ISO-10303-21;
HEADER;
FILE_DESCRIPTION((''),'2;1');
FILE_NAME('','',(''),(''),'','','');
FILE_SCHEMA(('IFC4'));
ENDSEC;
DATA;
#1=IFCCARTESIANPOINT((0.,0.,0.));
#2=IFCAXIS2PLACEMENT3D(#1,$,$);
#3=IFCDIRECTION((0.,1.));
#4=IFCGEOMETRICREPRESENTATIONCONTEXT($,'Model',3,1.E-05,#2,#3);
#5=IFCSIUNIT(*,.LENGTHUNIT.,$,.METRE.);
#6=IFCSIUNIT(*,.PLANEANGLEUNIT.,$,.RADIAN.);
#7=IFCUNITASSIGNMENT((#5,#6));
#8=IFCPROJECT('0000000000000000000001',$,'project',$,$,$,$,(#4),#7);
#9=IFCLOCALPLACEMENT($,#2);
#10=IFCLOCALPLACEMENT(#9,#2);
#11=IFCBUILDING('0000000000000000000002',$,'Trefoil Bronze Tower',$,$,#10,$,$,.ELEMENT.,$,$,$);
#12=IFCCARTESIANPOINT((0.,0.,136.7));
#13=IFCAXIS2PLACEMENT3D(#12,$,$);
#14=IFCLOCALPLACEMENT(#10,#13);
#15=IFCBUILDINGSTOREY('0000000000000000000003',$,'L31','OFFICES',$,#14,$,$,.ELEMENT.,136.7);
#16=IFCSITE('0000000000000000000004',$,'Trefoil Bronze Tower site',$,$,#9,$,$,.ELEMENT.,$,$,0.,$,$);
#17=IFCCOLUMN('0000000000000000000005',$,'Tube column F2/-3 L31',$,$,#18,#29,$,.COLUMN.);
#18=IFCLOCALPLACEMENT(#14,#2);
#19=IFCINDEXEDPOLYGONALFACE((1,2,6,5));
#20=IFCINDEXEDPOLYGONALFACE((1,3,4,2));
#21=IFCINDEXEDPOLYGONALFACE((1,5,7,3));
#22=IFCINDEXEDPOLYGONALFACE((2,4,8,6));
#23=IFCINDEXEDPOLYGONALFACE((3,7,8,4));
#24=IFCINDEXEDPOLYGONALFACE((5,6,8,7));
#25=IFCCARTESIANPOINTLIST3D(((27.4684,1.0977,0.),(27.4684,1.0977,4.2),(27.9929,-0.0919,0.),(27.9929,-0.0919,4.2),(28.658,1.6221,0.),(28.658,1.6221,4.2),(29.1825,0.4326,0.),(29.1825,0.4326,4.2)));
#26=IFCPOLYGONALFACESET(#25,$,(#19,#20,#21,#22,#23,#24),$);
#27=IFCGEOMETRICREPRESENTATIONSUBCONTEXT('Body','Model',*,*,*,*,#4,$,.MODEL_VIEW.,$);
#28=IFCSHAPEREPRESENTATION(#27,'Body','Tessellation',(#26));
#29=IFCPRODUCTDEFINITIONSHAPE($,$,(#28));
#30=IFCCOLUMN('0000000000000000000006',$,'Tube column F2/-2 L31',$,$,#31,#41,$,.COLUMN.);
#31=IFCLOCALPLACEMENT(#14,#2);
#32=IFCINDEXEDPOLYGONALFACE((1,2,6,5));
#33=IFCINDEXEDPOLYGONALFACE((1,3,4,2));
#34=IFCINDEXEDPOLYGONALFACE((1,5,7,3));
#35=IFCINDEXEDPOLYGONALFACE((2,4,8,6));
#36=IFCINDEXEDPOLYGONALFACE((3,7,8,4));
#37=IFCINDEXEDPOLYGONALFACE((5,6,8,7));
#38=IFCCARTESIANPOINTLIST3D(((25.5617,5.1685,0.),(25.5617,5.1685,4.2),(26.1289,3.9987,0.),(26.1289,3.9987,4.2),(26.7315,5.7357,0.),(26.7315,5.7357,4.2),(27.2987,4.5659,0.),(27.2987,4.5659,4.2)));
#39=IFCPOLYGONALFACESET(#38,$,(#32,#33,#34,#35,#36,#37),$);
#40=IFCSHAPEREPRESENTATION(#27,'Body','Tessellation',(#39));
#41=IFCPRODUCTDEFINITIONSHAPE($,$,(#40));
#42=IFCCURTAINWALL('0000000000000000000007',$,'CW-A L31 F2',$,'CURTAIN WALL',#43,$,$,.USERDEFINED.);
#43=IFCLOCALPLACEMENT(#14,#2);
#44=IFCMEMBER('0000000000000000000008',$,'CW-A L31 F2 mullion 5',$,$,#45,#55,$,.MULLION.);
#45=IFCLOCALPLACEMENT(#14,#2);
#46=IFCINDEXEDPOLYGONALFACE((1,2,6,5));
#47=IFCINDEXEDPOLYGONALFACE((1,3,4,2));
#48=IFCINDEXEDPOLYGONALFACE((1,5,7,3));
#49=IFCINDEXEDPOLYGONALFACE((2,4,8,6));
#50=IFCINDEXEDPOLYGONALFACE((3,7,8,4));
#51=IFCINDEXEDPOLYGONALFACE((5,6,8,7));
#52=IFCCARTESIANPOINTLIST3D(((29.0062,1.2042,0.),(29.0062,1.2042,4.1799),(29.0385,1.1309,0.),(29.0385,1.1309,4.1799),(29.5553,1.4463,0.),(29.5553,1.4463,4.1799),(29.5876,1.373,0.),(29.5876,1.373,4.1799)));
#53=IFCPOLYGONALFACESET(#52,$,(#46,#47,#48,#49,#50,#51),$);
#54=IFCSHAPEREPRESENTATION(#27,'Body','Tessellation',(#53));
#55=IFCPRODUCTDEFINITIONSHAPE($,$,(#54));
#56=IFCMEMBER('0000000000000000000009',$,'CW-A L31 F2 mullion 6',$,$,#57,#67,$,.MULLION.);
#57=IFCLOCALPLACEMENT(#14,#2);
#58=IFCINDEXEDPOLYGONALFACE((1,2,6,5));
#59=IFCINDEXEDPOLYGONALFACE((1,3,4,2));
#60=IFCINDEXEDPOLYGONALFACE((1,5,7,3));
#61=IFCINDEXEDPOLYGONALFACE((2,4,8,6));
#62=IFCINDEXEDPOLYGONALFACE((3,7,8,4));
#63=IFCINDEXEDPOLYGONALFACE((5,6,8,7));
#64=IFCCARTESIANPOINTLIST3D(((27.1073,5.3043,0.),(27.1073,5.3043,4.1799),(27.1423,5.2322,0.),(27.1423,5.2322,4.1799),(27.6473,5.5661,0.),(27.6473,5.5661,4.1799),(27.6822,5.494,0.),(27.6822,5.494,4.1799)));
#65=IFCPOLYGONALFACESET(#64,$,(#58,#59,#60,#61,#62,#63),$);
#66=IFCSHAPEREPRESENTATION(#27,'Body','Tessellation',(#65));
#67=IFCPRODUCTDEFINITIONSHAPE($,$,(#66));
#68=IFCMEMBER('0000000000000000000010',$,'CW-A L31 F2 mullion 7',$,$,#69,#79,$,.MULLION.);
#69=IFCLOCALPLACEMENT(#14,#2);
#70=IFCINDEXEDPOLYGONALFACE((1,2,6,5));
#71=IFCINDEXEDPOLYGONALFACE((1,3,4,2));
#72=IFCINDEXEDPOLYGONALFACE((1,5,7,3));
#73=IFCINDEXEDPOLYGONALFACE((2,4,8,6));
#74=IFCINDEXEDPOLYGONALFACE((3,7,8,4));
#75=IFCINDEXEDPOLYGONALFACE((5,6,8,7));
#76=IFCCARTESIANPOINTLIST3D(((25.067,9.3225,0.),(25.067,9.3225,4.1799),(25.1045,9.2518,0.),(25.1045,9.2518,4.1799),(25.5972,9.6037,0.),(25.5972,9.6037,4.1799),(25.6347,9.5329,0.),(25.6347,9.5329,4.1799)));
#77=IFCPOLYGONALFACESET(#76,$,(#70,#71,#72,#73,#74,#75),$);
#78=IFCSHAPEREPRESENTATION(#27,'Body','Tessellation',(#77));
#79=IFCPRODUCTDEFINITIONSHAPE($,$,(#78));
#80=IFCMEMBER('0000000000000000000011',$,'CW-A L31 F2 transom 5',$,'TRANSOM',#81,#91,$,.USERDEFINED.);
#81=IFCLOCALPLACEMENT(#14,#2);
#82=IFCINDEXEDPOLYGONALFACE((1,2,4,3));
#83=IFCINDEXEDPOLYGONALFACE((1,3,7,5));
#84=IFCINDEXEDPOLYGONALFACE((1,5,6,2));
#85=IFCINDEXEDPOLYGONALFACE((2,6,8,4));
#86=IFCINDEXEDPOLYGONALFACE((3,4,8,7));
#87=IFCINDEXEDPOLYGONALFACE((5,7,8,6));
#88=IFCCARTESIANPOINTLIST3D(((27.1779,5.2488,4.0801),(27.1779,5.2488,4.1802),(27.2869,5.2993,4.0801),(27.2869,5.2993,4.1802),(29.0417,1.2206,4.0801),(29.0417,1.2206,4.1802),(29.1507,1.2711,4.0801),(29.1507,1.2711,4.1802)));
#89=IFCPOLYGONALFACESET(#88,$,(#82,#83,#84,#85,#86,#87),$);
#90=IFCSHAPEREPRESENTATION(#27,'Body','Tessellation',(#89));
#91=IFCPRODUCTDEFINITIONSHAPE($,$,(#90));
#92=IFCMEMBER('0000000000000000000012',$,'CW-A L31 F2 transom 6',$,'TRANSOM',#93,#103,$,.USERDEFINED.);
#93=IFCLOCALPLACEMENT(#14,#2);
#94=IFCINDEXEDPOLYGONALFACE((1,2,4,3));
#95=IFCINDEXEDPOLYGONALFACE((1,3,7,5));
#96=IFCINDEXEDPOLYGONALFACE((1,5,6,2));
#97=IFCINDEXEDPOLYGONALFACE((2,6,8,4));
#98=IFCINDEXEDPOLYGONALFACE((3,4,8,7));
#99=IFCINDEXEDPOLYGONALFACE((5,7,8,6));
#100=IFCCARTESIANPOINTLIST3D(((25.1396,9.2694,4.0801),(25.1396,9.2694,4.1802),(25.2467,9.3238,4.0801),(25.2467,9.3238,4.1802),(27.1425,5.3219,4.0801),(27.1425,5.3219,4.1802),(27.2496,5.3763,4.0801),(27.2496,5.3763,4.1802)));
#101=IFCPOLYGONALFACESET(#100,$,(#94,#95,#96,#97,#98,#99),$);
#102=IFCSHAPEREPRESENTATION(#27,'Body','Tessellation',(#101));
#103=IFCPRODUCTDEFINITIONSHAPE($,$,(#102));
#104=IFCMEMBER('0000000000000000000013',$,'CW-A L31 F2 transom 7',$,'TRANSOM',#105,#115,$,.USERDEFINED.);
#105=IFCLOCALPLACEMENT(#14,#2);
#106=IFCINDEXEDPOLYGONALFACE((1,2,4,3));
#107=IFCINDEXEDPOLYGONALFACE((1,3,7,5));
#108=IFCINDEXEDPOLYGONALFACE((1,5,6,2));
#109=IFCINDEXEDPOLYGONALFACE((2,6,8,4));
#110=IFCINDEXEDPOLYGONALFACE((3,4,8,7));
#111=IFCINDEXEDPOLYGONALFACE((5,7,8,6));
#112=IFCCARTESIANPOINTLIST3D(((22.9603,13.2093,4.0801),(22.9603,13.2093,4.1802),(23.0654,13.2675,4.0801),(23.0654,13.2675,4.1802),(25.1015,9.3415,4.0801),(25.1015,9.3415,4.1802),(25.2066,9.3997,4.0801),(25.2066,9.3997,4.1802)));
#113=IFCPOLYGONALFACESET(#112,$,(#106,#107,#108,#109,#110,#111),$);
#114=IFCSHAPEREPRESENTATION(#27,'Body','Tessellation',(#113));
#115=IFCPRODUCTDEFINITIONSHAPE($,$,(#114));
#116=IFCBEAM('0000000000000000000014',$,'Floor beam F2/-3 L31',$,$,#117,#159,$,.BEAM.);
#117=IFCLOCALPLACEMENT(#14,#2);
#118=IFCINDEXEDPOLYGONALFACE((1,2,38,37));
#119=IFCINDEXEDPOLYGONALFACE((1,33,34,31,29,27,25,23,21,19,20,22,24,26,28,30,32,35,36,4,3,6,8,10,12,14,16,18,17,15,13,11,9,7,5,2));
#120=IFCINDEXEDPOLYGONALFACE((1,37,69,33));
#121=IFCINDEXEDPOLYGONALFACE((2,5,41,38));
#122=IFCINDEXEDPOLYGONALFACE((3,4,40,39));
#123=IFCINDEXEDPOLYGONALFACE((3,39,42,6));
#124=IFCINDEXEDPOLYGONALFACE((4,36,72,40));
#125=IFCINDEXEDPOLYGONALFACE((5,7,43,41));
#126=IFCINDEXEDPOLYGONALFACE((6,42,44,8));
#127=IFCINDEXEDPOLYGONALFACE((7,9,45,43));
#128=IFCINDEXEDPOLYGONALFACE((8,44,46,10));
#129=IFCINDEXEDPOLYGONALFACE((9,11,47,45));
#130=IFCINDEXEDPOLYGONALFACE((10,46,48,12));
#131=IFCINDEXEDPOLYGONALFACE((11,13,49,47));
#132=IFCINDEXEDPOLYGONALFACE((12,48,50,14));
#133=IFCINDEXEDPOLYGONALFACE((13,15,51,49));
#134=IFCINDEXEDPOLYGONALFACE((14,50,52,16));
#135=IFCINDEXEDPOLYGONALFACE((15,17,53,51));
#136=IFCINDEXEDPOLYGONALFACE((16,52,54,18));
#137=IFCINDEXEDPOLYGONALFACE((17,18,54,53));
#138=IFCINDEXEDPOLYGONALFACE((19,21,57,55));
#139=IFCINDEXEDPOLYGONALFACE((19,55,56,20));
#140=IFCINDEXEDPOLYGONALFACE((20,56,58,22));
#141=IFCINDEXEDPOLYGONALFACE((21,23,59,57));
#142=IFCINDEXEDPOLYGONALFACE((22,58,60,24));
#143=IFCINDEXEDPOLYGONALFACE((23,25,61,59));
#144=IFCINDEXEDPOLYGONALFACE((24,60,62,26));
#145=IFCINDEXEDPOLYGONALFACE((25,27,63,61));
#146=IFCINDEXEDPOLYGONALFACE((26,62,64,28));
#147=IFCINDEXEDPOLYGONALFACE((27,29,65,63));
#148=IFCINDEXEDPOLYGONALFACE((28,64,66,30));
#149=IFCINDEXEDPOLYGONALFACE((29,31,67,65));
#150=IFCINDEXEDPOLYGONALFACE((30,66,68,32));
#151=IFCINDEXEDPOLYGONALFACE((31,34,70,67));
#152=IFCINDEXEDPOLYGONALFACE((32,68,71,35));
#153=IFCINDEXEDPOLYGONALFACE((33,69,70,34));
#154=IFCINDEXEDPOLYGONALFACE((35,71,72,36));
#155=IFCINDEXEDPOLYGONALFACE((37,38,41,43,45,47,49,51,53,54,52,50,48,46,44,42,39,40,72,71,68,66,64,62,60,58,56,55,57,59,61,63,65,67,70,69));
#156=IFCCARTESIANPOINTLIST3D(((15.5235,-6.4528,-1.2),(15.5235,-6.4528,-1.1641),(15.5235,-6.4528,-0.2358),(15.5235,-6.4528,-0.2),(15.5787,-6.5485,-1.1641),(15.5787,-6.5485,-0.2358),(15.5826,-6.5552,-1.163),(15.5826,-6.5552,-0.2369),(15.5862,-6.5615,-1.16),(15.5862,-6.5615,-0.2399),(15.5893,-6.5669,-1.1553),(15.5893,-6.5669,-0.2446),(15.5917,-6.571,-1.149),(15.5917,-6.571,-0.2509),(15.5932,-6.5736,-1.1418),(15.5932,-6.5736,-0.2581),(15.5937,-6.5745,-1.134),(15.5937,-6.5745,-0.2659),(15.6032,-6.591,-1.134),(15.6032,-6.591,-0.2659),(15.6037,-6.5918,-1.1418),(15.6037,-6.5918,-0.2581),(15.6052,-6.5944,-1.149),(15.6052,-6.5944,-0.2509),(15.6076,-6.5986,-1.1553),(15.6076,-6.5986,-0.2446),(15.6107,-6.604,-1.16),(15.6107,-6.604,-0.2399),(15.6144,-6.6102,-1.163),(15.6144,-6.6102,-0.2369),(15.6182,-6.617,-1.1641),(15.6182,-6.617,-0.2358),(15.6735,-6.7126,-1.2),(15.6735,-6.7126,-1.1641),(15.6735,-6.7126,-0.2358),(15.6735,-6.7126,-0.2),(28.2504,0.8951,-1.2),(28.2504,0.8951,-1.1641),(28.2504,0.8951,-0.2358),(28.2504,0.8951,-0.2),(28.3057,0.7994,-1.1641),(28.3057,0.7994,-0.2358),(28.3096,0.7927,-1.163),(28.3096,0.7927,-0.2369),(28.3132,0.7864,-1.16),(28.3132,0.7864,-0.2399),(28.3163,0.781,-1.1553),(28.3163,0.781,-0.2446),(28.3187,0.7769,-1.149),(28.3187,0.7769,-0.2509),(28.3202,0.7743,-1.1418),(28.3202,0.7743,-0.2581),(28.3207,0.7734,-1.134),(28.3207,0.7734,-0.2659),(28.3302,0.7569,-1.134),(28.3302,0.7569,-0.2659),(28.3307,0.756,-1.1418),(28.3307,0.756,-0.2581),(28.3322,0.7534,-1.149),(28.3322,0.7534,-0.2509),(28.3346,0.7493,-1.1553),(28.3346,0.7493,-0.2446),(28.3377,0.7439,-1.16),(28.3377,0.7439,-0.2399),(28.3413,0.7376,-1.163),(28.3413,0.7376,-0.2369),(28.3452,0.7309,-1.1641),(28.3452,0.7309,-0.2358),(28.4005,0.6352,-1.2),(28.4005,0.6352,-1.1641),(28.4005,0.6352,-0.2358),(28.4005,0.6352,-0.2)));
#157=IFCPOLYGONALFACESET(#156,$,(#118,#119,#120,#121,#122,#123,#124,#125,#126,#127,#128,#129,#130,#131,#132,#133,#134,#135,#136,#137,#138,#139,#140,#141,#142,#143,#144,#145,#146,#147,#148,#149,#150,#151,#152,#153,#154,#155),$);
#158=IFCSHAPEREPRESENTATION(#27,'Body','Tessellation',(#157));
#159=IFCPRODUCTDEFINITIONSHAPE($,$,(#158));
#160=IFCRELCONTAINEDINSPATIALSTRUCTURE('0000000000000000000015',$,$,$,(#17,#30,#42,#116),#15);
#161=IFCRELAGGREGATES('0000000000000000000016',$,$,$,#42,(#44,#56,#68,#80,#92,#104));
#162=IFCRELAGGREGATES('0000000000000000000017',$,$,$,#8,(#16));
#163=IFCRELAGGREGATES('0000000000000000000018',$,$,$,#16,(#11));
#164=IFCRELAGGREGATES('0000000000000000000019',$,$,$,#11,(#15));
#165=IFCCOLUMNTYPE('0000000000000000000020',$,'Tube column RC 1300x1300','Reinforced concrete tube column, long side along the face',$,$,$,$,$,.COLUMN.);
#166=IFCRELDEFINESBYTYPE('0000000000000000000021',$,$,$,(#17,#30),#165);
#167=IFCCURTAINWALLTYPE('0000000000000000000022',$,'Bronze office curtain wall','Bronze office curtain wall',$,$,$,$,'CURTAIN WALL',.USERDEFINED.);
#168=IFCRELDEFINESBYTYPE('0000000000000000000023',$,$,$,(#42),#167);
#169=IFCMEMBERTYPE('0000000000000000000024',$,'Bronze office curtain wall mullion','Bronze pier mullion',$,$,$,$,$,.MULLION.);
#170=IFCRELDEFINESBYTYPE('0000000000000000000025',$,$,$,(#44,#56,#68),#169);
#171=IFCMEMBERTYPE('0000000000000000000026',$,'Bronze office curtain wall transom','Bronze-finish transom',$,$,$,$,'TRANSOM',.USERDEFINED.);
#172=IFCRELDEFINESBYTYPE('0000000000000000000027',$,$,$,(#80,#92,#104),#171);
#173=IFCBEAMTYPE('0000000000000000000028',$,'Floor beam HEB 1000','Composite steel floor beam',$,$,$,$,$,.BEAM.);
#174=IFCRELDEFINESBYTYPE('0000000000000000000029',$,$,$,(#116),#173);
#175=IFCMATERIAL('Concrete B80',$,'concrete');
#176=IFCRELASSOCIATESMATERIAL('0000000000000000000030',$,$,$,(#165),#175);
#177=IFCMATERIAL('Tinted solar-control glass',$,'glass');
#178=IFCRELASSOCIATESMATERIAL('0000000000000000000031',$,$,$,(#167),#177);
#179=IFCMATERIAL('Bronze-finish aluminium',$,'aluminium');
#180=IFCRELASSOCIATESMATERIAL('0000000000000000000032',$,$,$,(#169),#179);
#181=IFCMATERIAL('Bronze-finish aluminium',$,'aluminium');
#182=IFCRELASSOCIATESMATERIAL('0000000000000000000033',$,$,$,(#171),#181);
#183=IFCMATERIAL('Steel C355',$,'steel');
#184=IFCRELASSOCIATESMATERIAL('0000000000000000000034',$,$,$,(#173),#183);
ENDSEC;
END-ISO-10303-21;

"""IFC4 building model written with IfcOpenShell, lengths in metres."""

from ifc_helpers import new_model, si_unit, direction, frame, origin, origin_2d, place, context, subcontext, project, spatial, rectangle, i_section, extrude, material, material_profile, profile_set, type_object, element, aggregate, save


model = new_model("IFC4")

# Units and contexts
model_context = context("Model", 3, precision=1e-05, world=origin(), true_north=direction((0.0, 1.0)))
body_context = subcontext(model_context, "Body", "Model", "MODEL_VIEW")
ifc_project = project(units=[si_unit("LENGTHUNIT", "METRE"), si_unit("PLANEANGLEUNIT", "RADIAN")], contexts=[model_context])

# Site, building, storey
site_placement = place(None, origin())
site = spatial("IfcSite", under=ifc_project, at=site_placement, Name="Trefoil Bronze Tower site", CompositionType="ELEMENT", RefElevation=0.0)
building_placement = place(site_placement, origin())
building = spatial("IfcBuilding", under=site, at=building_placement, Name="Trefoil Bronze Tower", CompositionType="ELEMENT")
storey_placement = place(building_placement, frame((0.0, 0.0, 136.7)))
storey = spatial("IfcBuildingStorey", under=building, at=storey_placement, Name="L31", Description="OFFICES", CompositionType="ELEMENT", Elevation=136.7)

# Columns
ifc_material_1 = material(Name="Concrete B80", Category="concrete")
ifc_material_profile_1 = material_profile(ifc_material_1, rectangle(XDim=1.3, YDim=1.3, at=origin_2d()), Name="RC 1300x1300")
ifc_profile_set_1 = profile_set([ifc_material_profile_1], Name="Concrete B80")
column_type = type_object("IfcColumnType", Name="Tube column RC 1300x1300", Description="Reinforced concrete tube column, long side along the face", PredefinedType="COLUMN", material=ifc_profile_set_1)
for number, where, z_axis, x_axis, name in (
    (1, (28.3254, 0.7651, 0.0), (0.0, 0.0, 1.0), (-0.403412, 0.915018, 0.0), "Tube column F2/-3 L31"),
    (2, (26.4302, 4.8672, 0.0), (0.0, 0.0, 1.0), (-0.436262, 0.89982, 0.0), "Tube column F2/-2 L31"),
):
    element("IfcColumn", number, at=place(storey_placement, frame(where, z_axis=z_axis, x_axis=x_axis)), inside=storey, type_object=column_type, Name=name, PredefinedType="COLUMN", context=body_context, shape_type="SweptSolid", body=[
        extrude(rectangle(XDim=1.3, YDim=1.3, at=origin_2d()), origin(), (0.0, 0.0, 1.0), 4.2),
    ])

# Curtain wall, members
ifc_material_2 = material(Name="Tinted solar-control glass", Category="glass")
curtain_wall_type = type_object("IfcCurtainWallType", Name="Bronze office curtain wall", Description="Bronze office curtain wall", ElementType="CURTAIN WALL", PredefinedType="USERDEFINED", material=ifc_material_2)
curtain_wall_placement = place(storey_placement, origin())
curtain_wall = element("IfcCurtainWall", 3, at=curtain_wall_placement, inside=storey, type_object=curtain_wall_type, Name="CW-A L31 F2", ObjectType="CURTAIN WALL", PredefinedType="USERDEFINED")
ifc_material_3 = material(Name="Bronze-finish aluminium", Category="aluminium")
ifc_material_profile_2 = material_profile(ifc_material_3, rectangle(XDim=0.6001, YDim=0.0801, at=origin_2d()), Name="CW-A mullion")
ifc_profile_set_2 = profile_set([ifc_material_profile_2], Name="Bronze-finish aluminium")
member_type_1 = type_object("IfcMemberType", Name="Bronze office curtain wall mullion", Description="Bronze pier mullion", PredefinedType="MULLION", material=ifc_profile_set_2)
member_1_placement = place(storey_placement, frame((29.2969, 1.2886, 0.0), z_axis=(0.0, 0.0, 1.0), x_axis=(-0.915018, -0.403412, 0.0)))
member_1 = element("IfcMember", 4, at=member_1_placement, type_object=member_type_1, Name="CW-A L31 F2 mullion 5", PredefinedType="MULLION", context=body_context, shape_type="SweptSolid", body=[
    extrude(rectangle(XDim=0.6001, YDim=0.0801, at=origin_2d()), origin(), (0.0, 0.0, 1.0), 4.1799),
])
member_2_placement = place(storey_placement, frame((27.3948, 5.3992, 0.0), z_axis=(0.0, 0.0, 1.0), x_axis=(-0.89982, -0.436262, 0.0)))
member_2 = element("IfcMember", 5, at=member_2_placement, type_object=member_type_1, Name="CW-A L31 F2 mullion 6", PredefinedType="MULLION", context=body_context, shape_type="SweptSolid", body=[
    extrude(rectangle(XDim=0.6001, YDim=0.0801, at=origin_2d()), origin(), (0.0, 0.0, 1.0), 4.1799),
])
member_3_placement = place(storey_placement, frame((25.3508, 9.4277, 0.0), z_axis=(0.0, 0.0, 1.0), x_axis=(-0.883486, -0.468457, 0.0)))
member_3 = element("IfcMember", 6, at=member_3_placement, type_object=member_type_1, Name="CW-A L31 F2 mullion 7", PredefinedType="MULLION", context=body_context, shape_type="SweptSolid", body=[
    extrude(rectangle(XDim=0.6001, YDim=0.0801, at=origin_2d()), origin(), (0.0, 0.0, 1.0), 4.1799),
])
ifc_material_4 = material(Name="Bronze-finish aluminium", Category="aluminium")
ifc_material_profile_3 = material_profile(ifc_material_4, rectangle(XDim=0.1201, YDim=0.1001, at=origin_2d()), Name="CW-A transom")
ifc_profile_set_3 = profile_set([ifc_material_profile_3], Name="Bronze-finish aluminium")
member_type_2 = type_object("IfcMemberType", Name="Bronze office curtain wall transom", Description="Bronze-finish transom", ElementType="TRANSOM", PredefinedType="USERDEFINED", material=ifc_profile_set_3)
member_4_placement = place(storey_placement, frame((29.0962, 1.2458, 4.1301), z_axis=(-0.419923, 0.90756, 0.0), x_axis=(-0.90756, -0.419923, 0.0)))
member_4 = element("IfcMember", 7, at=member_4_placement, type_object=member_type_2, Name="CW-A L31 F2 transom 5", ObjectType="TRANSOM", PredefinedType="USERDEFINED", context=body_context, shape_type="SweptSolid", body=[
    extrude(rectangle(XDim=0.1201, YDim=0.1001, at=origin_2d()), origin(), (0.0, 0.0, 1.0), 4.4385),
])
member_5_placement = place(storey_placement, frame((27.196, 5.3491, 4.1301), z_axis=(-0.452478, 0.891775, 0.0), x_axis=(-0.891775, -0.452478, 0.0)))
member_5 = element("IfcMember", 8, at=member_5_placement, type_object=member_type_2, Name="CW-A L31 F2 transom 6", ObjectType="TRANSOM", PredefinedType="USERDEFINED", context=body_context, shape_type="SweptSolid", body=[
    extrude(rectangle(XDim=0.1201, YDim=0.1001, at=origin_2d()), origin(), (0.0, 0.0, 1.0), 4.4265),
])
member_6_placement = place(storey_placement, frame((25.1541, 9.3706, 4.1301), z_axis=(-0.484329, 0.874886, 0.0), x_axis=(-0.874886, -0.484329, 0.0)))
member_6 = element("IfcMember", 9, at=member_6_placement, type_object=member_type_2, Name="CW-A L31 F2 transom 7", ObjectType="TRANSOM", PredefinedType="USERDEFINED", context=body_context, shape_type="SweptSolid", body=[
    extrude(rectangle(XDim=0.1201, YDim=0.1001, at=origin_2d()), origin(), (0.0, 0.0, 1.0), 4.4209),
])

# Beam
ifc_material_5 = material(Name="Steel C355", Category="steel")
ifc_material_profile_4 = material_profile(ifc_material_5, i_section(OverallWidth=0.3, OverallDepth=1.0, WebThickness=0.019, FlangeThickness=0.0359, FilletRadius=0.03, at=origin_2d()), Name="HEB 1000")
ifc_profile_set_4 = profile_set([ifc_material_profile_4], Name="Steel C355")
beam_type_1 = type_object("IfcBeamType", Name="Floor beam HEB 1000", Description="Composite steel floor beam", PredefinedType="BEAM", material=ifc_profile_set_4)
beam_1_placement = place(storey_placement, frame((28.3254, 0.7651, -0.7), z_axis=(-0.866027, -0.499997, 0.0), x_axis=(0.499997, -0.866027, 0.0)))
element("IfcBeam", 10, at=beam_1_placement, inside=storey, type_object=beam_type_1, Name="Floor beam F2/-3 L31", PredefinedType="BEAM", context=body_context, shape_type="SweptSolid", body=[
    extrude(i_section(OverallWidth=0.3, OverallDepth=1.0, WebThickness=0.019, FlangeThickness=0.0359, FilletRadius=0.03, at=origin_2d()), origin(), (0.0, 0.0, 1.0), 14.6958),
])

aggregate(curtain_wall, [member_1, member_2, member_3, member_4, member_5, member_6])

save(model, "model.ifc")
